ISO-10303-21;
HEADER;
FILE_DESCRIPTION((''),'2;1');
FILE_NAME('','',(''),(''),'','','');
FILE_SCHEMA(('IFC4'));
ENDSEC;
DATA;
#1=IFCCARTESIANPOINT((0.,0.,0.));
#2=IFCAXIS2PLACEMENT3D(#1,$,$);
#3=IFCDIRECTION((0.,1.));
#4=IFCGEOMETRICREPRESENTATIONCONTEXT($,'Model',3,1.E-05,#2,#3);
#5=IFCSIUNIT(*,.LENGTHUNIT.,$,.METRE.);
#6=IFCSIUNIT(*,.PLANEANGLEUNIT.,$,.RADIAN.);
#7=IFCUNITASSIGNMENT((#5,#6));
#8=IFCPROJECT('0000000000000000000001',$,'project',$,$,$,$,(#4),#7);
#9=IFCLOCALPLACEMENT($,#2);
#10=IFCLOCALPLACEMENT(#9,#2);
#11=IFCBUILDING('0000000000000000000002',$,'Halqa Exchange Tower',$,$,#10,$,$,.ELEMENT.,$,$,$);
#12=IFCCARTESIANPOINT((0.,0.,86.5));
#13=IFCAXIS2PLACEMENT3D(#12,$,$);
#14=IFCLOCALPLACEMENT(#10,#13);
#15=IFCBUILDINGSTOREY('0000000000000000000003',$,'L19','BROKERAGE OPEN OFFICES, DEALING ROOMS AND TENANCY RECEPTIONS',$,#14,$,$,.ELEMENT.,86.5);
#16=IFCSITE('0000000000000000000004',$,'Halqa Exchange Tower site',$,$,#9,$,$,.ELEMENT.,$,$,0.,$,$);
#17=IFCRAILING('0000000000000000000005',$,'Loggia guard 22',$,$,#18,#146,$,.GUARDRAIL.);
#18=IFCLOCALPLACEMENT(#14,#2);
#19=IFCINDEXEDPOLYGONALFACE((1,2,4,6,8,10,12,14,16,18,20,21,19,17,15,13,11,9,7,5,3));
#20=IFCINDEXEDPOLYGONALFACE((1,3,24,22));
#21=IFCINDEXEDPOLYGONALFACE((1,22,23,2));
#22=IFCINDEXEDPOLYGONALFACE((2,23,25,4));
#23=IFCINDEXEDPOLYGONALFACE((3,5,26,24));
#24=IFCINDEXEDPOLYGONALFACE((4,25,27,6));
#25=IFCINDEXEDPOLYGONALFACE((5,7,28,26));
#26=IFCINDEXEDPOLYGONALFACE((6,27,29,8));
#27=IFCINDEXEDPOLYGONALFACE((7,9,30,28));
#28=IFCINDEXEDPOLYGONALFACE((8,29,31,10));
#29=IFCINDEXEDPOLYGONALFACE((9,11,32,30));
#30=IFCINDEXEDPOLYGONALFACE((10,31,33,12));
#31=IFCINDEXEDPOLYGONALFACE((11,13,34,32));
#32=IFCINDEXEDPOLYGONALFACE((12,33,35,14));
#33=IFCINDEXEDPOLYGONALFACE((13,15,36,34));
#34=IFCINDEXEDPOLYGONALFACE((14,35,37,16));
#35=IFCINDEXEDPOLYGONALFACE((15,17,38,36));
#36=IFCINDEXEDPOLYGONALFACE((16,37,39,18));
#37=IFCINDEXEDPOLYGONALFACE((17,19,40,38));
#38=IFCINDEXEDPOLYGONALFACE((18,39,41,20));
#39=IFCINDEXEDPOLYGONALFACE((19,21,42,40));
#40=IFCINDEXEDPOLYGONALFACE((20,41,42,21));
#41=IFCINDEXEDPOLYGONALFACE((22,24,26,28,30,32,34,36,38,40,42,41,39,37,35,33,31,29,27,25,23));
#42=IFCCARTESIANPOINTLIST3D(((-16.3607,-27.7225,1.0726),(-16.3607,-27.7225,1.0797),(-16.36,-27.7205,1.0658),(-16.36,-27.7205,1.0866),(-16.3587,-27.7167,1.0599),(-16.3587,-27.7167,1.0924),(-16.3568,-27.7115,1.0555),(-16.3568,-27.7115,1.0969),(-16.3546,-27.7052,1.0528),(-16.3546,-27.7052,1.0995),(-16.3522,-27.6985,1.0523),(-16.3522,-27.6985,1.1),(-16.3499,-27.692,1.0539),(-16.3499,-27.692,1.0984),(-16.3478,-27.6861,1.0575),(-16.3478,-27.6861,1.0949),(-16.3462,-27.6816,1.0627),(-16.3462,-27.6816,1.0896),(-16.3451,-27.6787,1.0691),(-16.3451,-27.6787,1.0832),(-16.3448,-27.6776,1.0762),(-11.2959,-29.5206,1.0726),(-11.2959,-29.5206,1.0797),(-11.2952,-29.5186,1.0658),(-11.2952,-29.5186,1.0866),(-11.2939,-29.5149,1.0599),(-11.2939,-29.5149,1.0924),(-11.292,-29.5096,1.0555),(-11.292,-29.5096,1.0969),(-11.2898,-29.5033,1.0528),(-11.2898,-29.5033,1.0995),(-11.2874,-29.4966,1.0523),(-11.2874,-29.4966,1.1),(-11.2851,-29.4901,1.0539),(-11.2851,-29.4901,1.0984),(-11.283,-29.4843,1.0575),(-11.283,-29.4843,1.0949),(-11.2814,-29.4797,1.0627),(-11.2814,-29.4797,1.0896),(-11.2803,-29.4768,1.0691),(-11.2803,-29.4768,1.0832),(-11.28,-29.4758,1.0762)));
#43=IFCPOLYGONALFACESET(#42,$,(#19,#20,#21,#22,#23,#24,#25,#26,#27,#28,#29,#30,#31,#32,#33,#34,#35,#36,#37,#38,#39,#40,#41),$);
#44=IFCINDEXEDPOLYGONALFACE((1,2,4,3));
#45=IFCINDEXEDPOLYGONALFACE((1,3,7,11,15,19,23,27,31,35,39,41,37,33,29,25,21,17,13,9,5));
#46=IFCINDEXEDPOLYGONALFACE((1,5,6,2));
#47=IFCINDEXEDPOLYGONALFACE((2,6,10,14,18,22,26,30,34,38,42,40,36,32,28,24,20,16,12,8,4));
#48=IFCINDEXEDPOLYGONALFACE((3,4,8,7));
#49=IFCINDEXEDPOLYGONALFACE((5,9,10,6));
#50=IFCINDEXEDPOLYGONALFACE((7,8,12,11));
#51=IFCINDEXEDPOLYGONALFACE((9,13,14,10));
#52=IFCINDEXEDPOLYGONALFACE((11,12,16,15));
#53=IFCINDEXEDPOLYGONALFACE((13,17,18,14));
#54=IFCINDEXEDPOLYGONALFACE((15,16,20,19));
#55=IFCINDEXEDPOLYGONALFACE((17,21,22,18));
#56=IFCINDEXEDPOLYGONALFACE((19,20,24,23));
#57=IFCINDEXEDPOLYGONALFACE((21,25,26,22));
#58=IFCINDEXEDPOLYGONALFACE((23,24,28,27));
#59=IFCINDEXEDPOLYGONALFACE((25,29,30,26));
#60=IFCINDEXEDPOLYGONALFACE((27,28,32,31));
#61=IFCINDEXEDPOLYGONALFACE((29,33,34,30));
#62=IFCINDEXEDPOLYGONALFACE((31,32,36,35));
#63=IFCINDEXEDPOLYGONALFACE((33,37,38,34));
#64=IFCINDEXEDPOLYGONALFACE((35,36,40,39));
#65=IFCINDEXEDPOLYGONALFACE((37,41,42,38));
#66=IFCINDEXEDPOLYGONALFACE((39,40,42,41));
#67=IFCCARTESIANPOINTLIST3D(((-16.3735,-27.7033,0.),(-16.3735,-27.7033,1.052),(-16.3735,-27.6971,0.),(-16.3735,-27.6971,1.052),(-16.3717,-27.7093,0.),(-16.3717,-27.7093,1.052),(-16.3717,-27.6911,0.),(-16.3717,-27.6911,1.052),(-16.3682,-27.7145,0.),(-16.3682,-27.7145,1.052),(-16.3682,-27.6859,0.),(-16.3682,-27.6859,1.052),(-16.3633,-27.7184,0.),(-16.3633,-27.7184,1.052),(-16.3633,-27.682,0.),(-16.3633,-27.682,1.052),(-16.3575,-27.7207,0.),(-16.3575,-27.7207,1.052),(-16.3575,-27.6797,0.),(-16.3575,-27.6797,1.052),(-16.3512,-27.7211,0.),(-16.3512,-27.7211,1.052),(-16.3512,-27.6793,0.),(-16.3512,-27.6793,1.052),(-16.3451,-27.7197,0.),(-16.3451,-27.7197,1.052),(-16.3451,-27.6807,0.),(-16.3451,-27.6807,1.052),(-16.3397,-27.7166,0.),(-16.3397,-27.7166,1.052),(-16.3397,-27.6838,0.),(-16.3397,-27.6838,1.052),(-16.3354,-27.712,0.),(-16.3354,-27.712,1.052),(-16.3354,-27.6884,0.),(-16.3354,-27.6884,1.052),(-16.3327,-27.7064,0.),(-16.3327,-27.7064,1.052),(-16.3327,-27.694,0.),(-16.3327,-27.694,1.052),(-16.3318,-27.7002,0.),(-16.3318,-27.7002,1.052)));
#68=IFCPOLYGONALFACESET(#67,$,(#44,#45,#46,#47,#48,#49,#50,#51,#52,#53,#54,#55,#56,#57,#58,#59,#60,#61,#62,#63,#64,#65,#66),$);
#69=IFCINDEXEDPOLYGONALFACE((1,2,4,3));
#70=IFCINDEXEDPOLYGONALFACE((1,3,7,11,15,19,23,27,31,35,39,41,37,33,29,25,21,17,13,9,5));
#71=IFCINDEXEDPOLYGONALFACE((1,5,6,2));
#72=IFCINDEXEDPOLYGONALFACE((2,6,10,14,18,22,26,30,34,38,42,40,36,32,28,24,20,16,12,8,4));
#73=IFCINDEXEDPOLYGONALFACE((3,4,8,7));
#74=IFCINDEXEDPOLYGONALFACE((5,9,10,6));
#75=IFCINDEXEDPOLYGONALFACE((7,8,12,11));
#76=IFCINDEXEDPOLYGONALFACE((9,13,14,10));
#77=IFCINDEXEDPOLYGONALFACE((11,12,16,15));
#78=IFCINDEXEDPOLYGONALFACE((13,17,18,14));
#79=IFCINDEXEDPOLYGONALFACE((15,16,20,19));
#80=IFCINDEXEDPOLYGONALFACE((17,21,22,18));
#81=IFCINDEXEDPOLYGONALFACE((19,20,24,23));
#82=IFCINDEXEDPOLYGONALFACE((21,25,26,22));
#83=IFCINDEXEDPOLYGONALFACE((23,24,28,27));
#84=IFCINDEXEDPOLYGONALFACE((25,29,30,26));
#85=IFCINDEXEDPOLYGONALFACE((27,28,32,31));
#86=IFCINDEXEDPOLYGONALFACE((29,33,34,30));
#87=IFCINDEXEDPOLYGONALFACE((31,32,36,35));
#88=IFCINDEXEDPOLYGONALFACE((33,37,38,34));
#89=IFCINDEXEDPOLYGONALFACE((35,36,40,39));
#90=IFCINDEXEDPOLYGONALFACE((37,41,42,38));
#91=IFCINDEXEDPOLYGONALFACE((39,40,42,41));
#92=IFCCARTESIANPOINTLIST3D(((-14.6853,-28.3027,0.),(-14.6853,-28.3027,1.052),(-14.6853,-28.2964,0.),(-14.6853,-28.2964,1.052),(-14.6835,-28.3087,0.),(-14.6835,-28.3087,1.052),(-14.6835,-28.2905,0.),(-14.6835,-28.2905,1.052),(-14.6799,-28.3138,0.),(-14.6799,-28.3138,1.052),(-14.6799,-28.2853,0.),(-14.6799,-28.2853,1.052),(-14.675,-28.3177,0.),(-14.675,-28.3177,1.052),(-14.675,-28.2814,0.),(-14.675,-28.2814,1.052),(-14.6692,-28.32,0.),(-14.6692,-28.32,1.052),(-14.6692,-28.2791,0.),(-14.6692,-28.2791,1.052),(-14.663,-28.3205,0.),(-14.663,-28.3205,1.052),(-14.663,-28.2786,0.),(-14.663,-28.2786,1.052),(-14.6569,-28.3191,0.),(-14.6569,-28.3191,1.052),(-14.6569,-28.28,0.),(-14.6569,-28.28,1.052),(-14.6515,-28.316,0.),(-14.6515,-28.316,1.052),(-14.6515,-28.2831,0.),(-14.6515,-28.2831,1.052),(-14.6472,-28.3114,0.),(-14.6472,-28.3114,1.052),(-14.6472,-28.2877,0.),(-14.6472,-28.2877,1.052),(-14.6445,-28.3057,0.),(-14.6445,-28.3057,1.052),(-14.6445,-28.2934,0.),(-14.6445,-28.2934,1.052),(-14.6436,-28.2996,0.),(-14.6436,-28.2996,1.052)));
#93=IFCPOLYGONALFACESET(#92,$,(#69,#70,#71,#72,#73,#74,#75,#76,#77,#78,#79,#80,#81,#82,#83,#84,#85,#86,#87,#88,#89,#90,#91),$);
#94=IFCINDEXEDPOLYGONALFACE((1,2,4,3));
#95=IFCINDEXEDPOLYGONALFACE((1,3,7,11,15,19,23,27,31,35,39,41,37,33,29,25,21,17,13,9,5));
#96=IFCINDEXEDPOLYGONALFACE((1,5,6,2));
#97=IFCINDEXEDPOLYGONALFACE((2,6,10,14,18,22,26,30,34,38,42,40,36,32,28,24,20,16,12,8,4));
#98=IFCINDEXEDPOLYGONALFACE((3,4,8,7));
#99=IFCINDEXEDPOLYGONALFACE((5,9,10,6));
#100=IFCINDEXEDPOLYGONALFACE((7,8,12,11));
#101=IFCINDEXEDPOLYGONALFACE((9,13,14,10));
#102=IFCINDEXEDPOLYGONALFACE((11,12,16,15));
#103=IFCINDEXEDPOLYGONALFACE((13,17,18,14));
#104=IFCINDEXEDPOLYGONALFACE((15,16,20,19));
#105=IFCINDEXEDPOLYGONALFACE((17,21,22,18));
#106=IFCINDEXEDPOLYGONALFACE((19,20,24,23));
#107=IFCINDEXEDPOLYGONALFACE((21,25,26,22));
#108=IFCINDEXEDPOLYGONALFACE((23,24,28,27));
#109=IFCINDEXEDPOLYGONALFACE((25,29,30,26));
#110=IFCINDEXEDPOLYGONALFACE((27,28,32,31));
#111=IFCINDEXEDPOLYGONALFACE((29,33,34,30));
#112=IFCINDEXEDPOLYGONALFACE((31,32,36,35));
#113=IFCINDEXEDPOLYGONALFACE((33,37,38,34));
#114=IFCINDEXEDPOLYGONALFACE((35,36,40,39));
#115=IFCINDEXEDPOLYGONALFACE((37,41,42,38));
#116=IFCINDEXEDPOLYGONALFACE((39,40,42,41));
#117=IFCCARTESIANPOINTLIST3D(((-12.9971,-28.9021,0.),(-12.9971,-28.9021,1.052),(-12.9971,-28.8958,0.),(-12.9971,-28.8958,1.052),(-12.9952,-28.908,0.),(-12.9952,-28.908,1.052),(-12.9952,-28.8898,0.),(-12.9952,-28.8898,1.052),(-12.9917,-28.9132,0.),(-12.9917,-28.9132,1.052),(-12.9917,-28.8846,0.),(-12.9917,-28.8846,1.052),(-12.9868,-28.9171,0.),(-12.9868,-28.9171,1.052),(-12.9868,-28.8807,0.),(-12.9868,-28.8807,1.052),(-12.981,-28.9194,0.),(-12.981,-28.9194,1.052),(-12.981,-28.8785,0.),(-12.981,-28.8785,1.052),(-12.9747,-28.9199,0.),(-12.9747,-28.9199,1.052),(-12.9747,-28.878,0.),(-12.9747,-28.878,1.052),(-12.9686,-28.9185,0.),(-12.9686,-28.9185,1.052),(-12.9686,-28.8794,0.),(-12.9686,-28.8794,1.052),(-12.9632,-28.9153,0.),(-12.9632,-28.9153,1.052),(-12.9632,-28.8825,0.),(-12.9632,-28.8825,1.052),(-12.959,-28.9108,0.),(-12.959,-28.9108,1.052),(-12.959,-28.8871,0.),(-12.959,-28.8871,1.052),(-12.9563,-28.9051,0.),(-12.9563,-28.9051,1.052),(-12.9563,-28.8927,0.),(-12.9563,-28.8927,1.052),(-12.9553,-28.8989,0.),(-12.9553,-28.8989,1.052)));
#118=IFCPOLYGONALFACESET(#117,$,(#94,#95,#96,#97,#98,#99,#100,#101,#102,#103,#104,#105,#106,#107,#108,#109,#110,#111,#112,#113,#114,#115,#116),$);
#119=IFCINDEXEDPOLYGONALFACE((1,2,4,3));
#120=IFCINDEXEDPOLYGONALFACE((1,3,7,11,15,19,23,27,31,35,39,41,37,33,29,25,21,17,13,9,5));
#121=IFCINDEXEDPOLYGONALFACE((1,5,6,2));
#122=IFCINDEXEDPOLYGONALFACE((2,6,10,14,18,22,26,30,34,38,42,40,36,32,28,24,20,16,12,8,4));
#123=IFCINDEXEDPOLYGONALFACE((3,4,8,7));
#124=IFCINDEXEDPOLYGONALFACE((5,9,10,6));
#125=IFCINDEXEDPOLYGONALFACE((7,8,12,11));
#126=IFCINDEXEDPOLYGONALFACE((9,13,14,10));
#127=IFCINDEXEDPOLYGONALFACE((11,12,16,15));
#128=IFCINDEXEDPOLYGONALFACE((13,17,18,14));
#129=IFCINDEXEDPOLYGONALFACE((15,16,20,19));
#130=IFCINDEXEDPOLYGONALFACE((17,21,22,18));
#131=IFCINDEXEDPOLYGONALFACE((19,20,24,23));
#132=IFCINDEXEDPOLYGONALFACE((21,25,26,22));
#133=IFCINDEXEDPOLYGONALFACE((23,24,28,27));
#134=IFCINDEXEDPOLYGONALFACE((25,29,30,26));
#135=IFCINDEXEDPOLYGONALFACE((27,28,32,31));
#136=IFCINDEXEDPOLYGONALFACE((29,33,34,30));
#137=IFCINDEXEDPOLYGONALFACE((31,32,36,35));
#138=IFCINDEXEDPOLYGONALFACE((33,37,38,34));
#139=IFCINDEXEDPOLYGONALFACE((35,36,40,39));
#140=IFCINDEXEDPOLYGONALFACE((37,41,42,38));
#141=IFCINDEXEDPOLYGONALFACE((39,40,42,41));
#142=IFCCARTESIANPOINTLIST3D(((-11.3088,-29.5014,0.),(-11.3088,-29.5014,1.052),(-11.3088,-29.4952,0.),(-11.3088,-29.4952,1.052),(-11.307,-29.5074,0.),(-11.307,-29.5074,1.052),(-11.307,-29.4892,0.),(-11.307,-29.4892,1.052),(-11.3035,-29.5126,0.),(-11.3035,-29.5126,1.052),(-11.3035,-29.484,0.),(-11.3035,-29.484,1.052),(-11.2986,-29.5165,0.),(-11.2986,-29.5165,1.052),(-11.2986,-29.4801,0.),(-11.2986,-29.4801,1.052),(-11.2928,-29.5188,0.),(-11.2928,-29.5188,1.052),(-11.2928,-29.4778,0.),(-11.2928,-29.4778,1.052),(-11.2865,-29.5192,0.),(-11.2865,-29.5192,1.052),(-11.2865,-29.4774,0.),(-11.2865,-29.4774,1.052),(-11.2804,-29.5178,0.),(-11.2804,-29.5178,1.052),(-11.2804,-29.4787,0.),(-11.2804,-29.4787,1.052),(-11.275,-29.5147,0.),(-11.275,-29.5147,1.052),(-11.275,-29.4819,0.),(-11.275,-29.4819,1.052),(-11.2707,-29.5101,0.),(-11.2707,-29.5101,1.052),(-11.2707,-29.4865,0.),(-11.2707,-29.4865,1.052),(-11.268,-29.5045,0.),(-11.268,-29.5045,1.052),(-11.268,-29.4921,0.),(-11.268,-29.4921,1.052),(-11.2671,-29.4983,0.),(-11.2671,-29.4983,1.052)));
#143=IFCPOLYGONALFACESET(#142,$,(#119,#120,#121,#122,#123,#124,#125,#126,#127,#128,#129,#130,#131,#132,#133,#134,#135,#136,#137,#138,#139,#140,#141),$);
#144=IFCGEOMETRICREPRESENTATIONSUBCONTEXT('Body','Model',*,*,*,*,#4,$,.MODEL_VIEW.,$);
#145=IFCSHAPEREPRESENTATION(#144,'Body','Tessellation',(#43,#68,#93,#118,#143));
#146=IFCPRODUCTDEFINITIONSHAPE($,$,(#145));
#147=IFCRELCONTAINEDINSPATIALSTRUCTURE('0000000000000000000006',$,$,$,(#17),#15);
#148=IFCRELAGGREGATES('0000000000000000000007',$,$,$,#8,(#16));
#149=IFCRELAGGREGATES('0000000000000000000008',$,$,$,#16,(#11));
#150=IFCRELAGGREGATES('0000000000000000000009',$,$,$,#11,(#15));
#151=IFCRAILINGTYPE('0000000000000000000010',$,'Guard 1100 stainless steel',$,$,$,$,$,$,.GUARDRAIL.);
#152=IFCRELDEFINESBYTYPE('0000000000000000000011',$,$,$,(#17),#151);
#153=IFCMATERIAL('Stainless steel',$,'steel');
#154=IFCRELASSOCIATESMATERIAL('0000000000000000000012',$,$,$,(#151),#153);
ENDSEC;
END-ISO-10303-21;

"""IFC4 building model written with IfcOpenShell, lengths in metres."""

from ifc_helpers import new_model, si_unit, direction, frame, origin, origin_2d, place, context, subcontext, project, spatial, circle, extrude, material, type_object, element, save


model = new_model("IFC4")

# Units and contexts
model_context = context("Model", 3, precision=1e-05, world=origin(), true_north=direction((0.0, 1.0)))
body_context = subcontext(model_context, "Body", "Model", "MODEL_VIEW")
ifc_project = project(units=[si_unit("LENGTHUNIT", "METRE"), si_unit("PLANEANGLEUNIT", "RADIAN")], contexts=[model_context])

# Site, building, storey
site_placement = place(None, origin())
site = spatial("IfcSite", under=ifc_project, at=site_placement, Name="Halqa Exchange Tower site", CompositionType="ELEMENT", RefElevation=0.0)
building_placement = place(site_placement, origin())
building = spatial("IfcBuilding", under=site, at=building_placement, Name="Halqa Exchange Tower", CompositionType="ELEMENT")
storey_placement = place(building_placement, frame((0.0, 0.0, 86.5)))
storey = spatial("IfcBuildingStorey", under=building, at=storey_placement, Name="L19", Description="BROKERAGE OPEN OFFICES, DEALING ROOMS AND TENANCY RECEPTIONS", CompositionType="ELEMENT", Elevation=86.5)

# Railing
ifc_material_1 = material(Name="Stainless steel", Category="steel")
railing_type = type_object("IfcRailingType", Name="Guard 1100 stainless steel", PredefinedType="GUARDRAIL", material=ifc_material_1)
railing_1_placement = place(storey_placement, frame((-16.3528, -27.7002, 0.0)))
element("IfcRailing", 1, at=railing_1_placement, inside=storey, type_object=railing_type, Name="Loggia guard 22", PredefinedType="GUARDRAIL", context=body_context, shape_type="SweptSolid", body=[
    extrude(circle(Radius=0.0239, at=origin_2d()), frame((0.0, 0.0, 1.0762), z_axis=(0.942372, -0.334566, 0.0), x_axis=(0.334566, 0.942372, 0.0)), (0.0, 0.0, 1.0), 5.3745),
    extrude(circle(Radius=0.021, at=origin_2d()), origin(), (0.0, 0.0, 1.0), 1.052),
    extrude(circle(Radius=0.021, at=origin_2d()), frame((1.6882, -0.5994, 0.0)), (0.0, 0.0, 1.0), 1.052),
    extrude(circle(Radius=0.021, at=origin_2d()), frame((3.3765, -1.1987, 0.0)), (0.0, 0.0, 1.0), 1.052),
    extrude(circle(Radius=0.021, at=origin_2d()), frame((5.0647, -1.7981, 0.0)), (0.0, 0.0, 1.0), 1.052),
])

save(model, "model.ifc")
